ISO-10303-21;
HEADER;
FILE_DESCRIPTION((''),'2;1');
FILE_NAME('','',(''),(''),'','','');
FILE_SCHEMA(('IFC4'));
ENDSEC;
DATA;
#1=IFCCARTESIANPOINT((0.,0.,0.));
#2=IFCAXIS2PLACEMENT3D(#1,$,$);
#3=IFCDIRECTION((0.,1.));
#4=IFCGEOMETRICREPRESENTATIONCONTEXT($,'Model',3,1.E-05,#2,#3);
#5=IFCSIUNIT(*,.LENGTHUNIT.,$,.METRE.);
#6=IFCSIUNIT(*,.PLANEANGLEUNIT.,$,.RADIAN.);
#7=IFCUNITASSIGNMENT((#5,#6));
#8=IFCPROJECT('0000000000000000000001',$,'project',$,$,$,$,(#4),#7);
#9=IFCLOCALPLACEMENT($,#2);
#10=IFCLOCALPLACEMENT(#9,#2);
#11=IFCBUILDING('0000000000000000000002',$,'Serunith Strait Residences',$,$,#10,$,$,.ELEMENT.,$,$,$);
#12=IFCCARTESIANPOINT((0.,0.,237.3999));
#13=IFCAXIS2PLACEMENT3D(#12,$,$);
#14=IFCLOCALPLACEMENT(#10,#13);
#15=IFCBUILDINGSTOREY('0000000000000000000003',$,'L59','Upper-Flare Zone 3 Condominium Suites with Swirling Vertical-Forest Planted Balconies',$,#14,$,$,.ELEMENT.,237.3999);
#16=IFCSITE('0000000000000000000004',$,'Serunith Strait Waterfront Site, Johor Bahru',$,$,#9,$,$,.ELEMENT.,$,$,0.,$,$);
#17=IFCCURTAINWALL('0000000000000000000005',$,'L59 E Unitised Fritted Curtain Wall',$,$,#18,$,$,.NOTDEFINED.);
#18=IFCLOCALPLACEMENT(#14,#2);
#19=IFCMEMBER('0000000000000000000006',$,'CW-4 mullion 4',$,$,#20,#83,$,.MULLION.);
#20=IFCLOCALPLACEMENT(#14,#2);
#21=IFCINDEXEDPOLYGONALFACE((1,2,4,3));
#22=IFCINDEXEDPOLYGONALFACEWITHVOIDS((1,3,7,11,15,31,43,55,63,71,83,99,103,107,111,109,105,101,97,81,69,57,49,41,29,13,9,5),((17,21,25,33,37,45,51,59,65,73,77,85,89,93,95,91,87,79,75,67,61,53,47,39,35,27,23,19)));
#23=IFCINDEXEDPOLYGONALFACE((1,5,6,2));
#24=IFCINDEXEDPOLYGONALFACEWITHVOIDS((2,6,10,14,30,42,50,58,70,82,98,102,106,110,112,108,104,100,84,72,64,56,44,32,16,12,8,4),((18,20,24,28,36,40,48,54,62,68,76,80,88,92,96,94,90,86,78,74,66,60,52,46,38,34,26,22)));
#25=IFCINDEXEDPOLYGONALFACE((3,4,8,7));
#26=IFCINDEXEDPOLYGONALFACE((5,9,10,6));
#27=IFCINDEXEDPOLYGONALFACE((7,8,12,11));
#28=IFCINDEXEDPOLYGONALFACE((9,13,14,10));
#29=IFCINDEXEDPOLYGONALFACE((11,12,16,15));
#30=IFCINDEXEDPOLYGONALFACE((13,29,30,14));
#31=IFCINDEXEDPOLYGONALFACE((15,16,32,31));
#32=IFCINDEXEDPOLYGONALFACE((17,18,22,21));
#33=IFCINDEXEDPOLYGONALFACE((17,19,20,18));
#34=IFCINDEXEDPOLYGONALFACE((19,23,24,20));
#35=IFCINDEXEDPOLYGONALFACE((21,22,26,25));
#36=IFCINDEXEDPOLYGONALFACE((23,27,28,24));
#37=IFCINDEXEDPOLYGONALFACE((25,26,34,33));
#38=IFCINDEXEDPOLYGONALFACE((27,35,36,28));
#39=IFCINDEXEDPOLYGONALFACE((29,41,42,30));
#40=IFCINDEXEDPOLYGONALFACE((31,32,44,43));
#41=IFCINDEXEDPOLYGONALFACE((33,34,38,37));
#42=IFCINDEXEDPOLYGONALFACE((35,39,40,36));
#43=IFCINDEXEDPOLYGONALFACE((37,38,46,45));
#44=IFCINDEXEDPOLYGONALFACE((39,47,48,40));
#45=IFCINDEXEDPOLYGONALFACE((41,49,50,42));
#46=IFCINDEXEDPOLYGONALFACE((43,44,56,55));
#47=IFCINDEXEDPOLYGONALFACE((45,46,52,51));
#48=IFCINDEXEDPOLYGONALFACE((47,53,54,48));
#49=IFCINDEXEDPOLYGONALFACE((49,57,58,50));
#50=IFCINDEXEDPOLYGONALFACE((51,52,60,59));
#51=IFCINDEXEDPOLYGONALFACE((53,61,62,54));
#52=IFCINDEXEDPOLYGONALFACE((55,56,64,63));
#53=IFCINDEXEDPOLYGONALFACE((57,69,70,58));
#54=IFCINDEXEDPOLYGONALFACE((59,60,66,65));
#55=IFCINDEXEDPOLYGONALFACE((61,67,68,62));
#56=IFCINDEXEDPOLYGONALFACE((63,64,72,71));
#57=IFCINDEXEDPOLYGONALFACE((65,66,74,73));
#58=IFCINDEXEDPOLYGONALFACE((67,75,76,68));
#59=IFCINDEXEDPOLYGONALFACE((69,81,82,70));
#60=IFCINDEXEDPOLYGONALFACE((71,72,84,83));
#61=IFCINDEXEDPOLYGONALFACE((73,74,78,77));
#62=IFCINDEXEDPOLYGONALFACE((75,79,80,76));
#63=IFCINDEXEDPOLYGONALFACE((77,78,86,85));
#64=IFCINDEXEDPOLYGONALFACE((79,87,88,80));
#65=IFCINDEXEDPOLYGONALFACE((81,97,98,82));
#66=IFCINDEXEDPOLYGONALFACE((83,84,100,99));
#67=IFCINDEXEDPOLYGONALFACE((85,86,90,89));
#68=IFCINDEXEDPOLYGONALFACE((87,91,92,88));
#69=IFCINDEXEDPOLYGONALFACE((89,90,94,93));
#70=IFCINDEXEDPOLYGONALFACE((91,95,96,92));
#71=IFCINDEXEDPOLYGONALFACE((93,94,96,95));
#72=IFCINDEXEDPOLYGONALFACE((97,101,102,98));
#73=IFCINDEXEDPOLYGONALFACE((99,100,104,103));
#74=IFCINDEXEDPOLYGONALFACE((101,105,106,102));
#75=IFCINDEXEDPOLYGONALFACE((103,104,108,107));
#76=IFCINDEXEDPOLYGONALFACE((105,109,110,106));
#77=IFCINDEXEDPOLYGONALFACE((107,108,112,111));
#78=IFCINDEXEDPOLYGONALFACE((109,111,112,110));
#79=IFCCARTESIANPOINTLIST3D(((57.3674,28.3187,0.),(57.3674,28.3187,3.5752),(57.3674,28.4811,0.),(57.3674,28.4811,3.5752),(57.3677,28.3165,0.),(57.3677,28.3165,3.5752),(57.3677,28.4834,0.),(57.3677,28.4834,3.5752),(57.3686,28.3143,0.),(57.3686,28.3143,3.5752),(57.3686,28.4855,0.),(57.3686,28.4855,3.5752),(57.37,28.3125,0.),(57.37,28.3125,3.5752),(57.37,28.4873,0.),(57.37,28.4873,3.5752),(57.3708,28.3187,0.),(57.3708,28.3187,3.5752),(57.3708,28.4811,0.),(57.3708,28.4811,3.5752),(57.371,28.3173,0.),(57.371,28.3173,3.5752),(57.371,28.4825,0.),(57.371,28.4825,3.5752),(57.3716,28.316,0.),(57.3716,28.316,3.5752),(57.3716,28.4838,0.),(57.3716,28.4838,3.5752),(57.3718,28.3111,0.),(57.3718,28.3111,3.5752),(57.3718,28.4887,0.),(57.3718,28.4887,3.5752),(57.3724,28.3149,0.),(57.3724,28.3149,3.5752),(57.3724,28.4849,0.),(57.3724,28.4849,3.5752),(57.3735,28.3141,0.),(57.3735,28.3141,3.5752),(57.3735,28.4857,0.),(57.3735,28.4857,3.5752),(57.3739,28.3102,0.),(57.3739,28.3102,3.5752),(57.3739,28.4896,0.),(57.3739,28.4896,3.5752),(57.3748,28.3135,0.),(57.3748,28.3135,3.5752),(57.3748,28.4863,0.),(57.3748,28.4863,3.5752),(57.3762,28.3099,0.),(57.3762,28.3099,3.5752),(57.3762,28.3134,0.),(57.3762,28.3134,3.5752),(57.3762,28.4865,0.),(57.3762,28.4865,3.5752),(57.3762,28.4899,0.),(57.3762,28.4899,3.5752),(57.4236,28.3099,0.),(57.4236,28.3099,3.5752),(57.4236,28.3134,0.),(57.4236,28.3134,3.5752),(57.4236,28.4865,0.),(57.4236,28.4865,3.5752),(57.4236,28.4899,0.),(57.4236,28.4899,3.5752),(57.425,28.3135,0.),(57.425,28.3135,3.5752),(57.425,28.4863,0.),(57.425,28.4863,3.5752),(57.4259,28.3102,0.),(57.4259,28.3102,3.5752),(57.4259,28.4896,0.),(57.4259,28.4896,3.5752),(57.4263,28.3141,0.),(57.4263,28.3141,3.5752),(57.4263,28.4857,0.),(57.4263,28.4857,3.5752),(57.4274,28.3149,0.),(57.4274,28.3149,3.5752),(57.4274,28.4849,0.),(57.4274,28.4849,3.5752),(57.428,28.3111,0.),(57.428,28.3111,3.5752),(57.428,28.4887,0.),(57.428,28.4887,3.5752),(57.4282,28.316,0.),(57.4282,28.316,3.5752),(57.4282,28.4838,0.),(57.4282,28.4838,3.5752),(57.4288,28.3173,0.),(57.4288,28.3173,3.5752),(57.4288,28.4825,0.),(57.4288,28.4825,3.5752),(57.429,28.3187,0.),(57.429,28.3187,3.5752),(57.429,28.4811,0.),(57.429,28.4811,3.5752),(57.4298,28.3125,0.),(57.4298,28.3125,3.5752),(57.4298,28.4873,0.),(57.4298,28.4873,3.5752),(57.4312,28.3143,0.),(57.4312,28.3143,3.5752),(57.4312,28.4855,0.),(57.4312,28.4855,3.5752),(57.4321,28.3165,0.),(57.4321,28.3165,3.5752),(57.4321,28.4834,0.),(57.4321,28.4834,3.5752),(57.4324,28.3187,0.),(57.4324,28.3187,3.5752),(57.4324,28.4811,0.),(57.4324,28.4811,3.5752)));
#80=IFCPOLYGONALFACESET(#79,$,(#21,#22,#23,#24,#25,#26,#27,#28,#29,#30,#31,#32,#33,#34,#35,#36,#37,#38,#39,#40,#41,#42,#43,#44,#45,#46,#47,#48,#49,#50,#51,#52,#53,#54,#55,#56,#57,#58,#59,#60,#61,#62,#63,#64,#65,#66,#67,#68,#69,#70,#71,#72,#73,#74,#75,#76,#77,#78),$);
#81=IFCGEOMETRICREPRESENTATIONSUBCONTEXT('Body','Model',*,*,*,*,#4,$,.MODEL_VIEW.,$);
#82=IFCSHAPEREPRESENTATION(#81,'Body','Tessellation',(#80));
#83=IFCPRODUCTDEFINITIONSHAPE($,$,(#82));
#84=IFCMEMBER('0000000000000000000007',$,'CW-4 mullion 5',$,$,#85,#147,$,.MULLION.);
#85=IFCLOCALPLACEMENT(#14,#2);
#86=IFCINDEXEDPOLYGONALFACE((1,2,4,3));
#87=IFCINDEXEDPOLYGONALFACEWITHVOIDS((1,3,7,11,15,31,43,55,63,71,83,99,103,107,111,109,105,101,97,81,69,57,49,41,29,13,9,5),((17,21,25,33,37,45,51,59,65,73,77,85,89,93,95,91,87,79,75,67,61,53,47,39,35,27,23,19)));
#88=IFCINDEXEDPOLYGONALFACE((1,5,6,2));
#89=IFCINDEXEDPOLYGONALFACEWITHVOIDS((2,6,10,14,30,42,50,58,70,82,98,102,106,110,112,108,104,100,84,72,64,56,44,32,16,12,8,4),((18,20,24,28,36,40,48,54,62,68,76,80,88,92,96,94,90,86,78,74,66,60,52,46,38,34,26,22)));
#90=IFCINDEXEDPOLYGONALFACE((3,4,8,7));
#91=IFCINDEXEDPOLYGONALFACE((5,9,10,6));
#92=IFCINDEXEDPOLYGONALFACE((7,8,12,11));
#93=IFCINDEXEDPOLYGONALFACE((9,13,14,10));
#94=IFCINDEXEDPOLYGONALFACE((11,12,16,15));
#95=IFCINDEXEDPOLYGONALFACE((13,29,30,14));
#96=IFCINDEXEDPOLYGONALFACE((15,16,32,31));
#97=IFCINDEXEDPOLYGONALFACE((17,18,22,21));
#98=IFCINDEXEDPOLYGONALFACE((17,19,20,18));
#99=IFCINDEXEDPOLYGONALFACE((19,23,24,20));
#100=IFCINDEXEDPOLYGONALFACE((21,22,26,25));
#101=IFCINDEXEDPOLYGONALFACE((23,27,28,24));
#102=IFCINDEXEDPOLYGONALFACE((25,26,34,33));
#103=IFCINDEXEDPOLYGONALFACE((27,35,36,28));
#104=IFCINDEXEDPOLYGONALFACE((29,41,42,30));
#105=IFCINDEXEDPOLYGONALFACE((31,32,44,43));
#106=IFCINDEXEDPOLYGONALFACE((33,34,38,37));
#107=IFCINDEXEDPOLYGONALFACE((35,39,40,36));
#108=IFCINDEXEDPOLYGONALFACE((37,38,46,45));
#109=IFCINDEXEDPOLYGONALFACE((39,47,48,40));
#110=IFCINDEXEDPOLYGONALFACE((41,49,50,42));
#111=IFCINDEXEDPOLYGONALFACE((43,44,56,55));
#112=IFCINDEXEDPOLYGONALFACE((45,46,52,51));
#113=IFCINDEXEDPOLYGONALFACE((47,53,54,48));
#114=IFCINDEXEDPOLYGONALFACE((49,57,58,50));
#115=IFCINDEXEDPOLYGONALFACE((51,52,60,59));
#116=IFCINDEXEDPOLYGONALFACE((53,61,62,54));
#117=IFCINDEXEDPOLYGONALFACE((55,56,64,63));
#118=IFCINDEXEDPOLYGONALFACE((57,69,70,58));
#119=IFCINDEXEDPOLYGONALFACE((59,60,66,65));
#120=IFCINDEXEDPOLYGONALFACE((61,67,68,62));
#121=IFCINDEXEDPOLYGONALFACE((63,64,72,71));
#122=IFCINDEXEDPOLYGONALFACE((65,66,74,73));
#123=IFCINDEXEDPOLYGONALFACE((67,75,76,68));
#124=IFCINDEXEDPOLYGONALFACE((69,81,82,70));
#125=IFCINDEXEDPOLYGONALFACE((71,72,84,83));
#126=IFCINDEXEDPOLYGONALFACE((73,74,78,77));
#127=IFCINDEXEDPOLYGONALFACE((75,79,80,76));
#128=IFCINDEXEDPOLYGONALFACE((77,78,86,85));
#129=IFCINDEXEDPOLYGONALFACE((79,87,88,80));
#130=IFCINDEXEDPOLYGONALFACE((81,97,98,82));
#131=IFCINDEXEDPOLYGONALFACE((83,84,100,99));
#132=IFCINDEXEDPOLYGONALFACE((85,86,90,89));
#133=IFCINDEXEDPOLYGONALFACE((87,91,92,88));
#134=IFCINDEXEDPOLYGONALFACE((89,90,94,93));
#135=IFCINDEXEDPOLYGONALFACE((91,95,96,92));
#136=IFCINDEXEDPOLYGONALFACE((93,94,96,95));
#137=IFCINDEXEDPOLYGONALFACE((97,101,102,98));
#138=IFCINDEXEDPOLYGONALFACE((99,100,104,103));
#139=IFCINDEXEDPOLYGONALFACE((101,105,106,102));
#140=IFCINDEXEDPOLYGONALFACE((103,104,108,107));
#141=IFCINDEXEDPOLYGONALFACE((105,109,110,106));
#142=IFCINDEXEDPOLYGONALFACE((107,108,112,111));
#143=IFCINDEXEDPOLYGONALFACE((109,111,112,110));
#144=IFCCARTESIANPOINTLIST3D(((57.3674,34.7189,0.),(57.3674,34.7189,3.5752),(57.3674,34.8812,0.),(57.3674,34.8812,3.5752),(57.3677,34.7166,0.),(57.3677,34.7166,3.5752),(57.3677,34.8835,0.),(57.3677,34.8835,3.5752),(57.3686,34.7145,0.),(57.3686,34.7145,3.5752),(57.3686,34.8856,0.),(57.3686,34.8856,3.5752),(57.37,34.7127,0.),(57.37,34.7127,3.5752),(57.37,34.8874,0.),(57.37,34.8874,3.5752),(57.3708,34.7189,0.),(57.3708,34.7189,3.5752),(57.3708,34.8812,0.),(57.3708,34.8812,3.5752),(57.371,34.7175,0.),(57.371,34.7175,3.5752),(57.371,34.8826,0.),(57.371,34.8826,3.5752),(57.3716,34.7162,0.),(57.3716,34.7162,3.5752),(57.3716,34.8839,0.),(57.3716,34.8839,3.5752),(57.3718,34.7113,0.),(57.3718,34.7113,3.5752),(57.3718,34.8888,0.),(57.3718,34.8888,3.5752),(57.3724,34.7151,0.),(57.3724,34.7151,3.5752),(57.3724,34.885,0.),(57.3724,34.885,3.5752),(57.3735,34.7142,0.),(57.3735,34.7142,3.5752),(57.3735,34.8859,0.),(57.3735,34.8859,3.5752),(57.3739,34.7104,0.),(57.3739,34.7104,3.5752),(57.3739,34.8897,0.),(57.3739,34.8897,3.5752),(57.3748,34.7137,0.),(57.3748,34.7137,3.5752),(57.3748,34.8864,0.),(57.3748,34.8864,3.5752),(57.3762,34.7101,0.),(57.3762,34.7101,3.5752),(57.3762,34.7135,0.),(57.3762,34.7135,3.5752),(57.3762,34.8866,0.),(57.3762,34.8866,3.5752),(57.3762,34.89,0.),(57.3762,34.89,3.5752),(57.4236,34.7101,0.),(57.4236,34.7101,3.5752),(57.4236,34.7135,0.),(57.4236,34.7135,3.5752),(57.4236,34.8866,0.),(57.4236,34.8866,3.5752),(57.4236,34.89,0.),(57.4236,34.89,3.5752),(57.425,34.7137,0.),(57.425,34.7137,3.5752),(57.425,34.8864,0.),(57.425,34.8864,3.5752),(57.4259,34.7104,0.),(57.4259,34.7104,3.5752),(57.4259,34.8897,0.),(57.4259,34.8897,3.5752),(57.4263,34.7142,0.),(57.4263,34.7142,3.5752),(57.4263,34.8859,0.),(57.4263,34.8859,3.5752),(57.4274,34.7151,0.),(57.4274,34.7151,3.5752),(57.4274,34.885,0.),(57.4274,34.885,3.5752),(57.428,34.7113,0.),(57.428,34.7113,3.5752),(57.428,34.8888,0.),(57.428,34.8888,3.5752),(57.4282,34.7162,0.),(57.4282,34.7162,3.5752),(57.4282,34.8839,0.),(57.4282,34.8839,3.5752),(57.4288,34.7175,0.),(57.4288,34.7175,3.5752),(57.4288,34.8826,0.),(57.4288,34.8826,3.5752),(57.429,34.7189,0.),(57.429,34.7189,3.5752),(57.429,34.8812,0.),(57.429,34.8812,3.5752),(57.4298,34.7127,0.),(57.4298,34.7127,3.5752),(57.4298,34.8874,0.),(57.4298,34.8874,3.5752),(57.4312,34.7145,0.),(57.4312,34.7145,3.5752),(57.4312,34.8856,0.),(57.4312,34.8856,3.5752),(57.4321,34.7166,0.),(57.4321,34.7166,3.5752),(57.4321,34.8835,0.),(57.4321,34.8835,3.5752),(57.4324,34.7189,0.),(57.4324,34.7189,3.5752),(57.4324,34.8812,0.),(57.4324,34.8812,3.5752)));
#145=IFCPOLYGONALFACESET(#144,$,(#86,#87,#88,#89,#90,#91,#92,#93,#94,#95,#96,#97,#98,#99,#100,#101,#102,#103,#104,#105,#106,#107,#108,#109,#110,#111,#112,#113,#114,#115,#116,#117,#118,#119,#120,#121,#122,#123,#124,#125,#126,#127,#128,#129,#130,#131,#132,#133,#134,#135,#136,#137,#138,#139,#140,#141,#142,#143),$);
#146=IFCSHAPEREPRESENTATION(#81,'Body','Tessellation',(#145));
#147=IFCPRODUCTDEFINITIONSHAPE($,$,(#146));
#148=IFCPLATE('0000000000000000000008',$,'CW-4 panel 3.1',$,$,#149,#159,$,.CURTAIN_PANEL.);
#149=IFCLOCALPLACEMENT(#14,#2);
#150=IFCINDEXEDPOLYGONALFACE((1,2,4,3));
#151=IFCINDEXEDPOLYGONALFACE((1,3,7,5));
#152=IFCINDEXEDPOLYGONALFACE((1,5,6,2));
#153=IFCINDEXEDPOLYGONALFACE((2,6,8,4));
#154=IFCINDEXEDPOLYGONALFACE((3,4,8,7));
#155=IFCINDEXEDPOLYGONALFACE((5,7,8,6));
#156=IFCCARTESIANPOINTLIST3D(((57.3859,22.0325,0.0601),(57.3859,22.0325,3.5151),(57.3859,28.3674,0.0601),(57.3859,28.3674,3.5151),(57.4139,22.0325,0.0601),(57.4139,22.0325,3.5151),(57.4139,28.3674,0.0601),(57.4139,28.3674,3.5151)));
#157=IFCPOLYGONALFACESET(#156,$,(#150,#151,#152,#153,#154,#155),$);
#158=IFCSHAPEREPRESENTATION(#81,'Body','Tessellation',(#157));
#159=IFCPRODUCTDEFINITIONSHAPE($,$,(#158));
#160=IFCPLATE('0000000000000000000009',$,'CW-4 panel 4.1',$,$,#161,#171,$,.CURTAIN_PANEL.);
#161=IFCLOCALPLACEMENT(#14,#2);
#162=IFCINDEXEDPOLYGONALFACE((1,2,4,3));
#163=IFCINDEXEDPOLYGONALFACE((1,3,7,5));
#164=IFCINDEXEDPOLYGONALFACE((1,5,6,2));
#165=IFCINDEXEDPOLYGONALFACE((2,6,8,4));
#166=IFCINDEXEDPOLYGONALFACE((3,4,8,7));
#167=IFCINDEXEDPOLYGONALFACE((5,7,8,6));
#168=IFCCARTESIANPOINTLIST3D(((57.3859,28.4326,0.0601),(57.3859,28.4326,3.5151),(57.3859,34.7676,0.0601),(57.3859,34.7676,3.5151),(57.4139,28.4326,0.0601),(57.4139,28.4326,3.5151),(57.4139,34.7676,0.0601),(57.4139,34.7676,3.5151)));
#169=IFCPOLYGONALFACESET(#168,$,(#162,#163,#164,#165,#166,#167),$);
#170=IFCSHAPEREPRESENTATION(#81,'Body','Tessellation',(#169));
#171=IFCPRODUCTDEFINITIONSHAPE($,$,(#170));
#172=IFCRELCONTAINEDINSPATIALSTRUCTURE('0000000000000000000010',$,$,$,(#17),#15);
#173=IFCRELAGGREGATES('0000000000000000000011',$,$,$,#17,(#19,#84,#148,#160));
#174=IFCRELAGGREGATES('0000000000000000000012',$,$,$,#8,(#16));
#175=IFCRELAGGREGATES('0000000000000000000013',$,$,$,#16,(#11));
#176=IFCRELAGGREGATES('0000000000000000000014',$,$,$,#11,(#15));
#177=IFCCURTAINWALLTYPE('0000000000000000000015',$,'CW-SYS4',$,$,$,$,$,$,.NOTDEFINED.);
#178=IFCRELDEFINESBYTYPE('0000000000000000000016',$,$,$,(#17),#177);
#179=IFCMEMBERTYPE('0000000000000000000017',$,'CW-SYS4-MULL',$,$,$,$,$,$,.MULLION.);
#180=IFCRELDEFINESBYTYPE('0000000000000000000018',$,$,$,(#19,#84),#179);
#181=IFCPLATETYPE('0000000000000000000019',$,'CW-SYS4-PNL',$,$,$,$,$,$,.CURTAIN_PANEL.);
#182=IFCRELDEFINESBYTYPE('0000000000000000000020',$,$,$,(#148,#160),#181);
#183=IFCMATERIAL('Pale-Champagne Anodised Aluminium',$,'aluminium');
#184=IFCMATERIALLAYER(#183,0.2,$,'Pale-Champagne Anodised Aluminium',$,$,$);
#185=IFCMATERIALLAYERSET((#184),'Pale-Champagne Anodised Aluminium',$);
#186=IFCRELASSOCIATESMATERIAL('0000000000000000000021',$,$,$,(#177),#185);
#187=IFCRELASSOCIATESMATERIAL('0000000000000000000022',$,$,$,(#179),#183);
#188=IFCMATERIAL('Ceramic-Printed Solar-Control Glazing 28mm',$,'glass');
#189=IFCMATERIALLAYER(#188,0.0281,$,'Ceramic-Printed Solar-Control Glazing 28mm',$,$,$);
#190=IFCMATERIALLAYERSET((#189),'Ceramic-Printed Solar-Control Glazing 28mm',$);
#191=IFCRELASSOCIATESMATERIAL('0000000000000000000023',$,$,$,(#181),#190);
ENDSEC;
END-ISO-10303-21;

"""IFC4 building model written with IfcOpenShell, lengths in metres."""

from ifc_helpers import new_model, si_unit, direction, frame, origin, origin_2d, place, context, subcontext, project, spatial, rectangle, hollow_rectangle, extrude, source, transform, mapped, material, layer, layer_set, material_profile, profile_set, type_object, element, aggregate, save


model = new_model("IFC4")

# Units and contexts
model_context = context("Model", 3, precision=1e-05, world=origin(), true_north=direction((0.0, 1.0)))
body_context = subcontext(model_context, "Body", "Model", "MODEL_VIEW")
ifc_project = project(units=[si_unit("LENGTHUNIT", "METRE"), si_unit("PLANEANGLEUNIT", "RADIAN")], contexts=[model_context])

# Site, building, storey
site_placement = place(None, origin())
site = spatial("IfcSite", under=ifc_project, at=site_placement, Name="Serunith Strait Waterfront Site, Johor Bahru", CompositionType="ELEMENT", RefElevation=0.0)
building_placement = place(site_placement, origin())
building = spatial("IfcBuilding", under=site, at=building_placement, Name="Serunith Strait Residences", CompositionType="ELEMENT")
storey_placement = place(building_placement, frame((0.0, 0.0, 237.3999)))
storey = spatial("IfcBuildingStorey", under=building, at=storey_placement, Name="L59", Description="Upper-Flare Zone 3 Condominium Suites with Swirling Vertical-Forest Planted Balconies", CompositionType="ELEMENT", Elevation=237.3999)

# Curtain wall, members, plates
ifc_material_1 = material(Name="Pale-Champagne Anodised Aluminium", Category="aluminium")
ifc_layer_1 = layer(ifc_material_1, 0.2, Name="Pale-Champagne Anodised Aluminium")
ifc_layer_set_1 = layer_set([ifc_layer_1], Name="Pale-Champagne Anodised Aluminium")
curtain_wall_type = type_object("IfcCurtainWallType", Name="CW-SYS4", PredefinedType="NOTDEFINED", material=ifc_layer_set_1)
curtain_wall_placement = place(storey_placement, origin())
curtain_wall = element("IfcCurtainWall", 1, at=curtain_wall_placement, inside=storey, type_object=curtain_wall_type, Name="L59 E Unitised Fritted Curtain Wall", PredefinedType="NOTDEFINED")
ifc_material_profile_1 = material_profile(ifc_material_1, hollow_rectangle(XDim=0.0649, YDim=0.1799, WallThickness=0.0034, InnerFilletRadius=0.0054, OuterFilletRadius=0.0088, at=origin_2d()), Name="ALU 180x65x3.5")
ifc_profile_set_1 = profile_set([ifc_material_profile_1], Name="Pale-Champagne Anodised Aluminium")
member_type_1 = type_object("IfcMemberType", Name="CW-SYS4-MULL", PredefinedType="MULLION", material=ifc_profile_set_1)
shared_shape_1 = source(origin(), body_context, "Body", "SweptSolid", [
    extrude(hollow_rectangle(XDim=0.0649, YDim=0.1799, WallThickness=0.0034, InnerFilletRadius=0.0054, OuterFilletRadius=0.0088, at=origin_2d()), origin(), (0.0, 0.0, 1.0), 3.5752),
])
member_1_placement = place(storey_placement, frame((57.3999, 28.3999, 0.0), z_axis=(0.0, 0.0, 1.0), x_axis=(-1.0, 0.0, 0.0)))
member_1 = element("IfcMember", 2, at=member_1_placement, type_object=member_type_1, Name="CW-4 mullion 4", PredefinedType="MULLION", context=body_context, shape_type="MappedRepresentation", body=[
    mapped(shared_shape_1, transform((0.0, 0.0, 0.0), scale=1.0)),
])
member_2_placement = place(storey_placement, frame((57.3999, 34.8, 0.0), z_axis=(0.0, 0.0, 1.0), x_axis=(-1.0, 0.0, 0.0)))
member_2 = element("IfcMember", 3, at=member_2_placement, type_object=member_type_1, Name="CW-4 mullion 5", PredefinedType="MULLION", context=body_context, shape_type="MappedRepresentation", body=[
    mapped(shared_shape_1, transform((0.0, 0.0, 0.0), scale=1.0)),
])
ifc_material_2 = material(Name="Ceramic-Printed Solar-Control Glazing 28mm", Category="glass")
ifc_layer_2 = layer(ifc_material_2, 0.0281, Name="Ceramic-Printed Solar-Control Glazing 28mm")
ifc_layer_set_2 = layer_set([ifc_layer_2], Name="Ceramic-Printed Solar-Control Glazing 28mm")
plate_type = type_object("IfcPlateType", Name="CW-SYS4-PNL", PredefinedType="CURTAIN_PANEL", material=ifc_layer_set_2)
shared_shape_2 = source(origin(), body_context, "Body", "SweptSolid", [
    extrude(rectangle(XDim=6.335, YDim=0.0281, at=origin_2d()), origin(), (0.0, 0.0, 1.0), 3.4551),
])
plate_1_placement = place(storey_placement, frame((57.3999, 25.2, 0.0601), z_axis=(0.0, 0.0, 1.0), x_axis=(0.0, 1.0, 0.0)))
plate_1 = element("IfcPlate", 4, at=plate_1_placement, type_object=plate_type, Name="CW-4 panel 3.1", PredefinedType="CURTAIN_PANEL", context=body_context, shape_type="MappedRepresentation", body=[
    mapped(shared_shape_2, transform((0.0, 0.0, 0.0), scale=1.0)),
])
plate_2_placement = place(storey_placement, frame((57.3999, 31.6001, 0.0601), z_axis=(0.0, 0.0, 1.0), x_axis=(0.0, 1.0, 0.0)))
plate_2 = element("IfcPlate", 5, at=plate_2_placement, type_object=plate_type, Name="CW-4 panel 4.1", PredefinedType="CURTAIN_PANEL", context=body_context, shape_type="MappedRepresentation", body=[
    mapped(shared_shape_2, transform((0.0, 0.0, 0.0), scale=1.0)),
])
aggregate(curtain_wall, [member_1, member_2, plate_1, plate_2])

save(model, "model.ifc")
